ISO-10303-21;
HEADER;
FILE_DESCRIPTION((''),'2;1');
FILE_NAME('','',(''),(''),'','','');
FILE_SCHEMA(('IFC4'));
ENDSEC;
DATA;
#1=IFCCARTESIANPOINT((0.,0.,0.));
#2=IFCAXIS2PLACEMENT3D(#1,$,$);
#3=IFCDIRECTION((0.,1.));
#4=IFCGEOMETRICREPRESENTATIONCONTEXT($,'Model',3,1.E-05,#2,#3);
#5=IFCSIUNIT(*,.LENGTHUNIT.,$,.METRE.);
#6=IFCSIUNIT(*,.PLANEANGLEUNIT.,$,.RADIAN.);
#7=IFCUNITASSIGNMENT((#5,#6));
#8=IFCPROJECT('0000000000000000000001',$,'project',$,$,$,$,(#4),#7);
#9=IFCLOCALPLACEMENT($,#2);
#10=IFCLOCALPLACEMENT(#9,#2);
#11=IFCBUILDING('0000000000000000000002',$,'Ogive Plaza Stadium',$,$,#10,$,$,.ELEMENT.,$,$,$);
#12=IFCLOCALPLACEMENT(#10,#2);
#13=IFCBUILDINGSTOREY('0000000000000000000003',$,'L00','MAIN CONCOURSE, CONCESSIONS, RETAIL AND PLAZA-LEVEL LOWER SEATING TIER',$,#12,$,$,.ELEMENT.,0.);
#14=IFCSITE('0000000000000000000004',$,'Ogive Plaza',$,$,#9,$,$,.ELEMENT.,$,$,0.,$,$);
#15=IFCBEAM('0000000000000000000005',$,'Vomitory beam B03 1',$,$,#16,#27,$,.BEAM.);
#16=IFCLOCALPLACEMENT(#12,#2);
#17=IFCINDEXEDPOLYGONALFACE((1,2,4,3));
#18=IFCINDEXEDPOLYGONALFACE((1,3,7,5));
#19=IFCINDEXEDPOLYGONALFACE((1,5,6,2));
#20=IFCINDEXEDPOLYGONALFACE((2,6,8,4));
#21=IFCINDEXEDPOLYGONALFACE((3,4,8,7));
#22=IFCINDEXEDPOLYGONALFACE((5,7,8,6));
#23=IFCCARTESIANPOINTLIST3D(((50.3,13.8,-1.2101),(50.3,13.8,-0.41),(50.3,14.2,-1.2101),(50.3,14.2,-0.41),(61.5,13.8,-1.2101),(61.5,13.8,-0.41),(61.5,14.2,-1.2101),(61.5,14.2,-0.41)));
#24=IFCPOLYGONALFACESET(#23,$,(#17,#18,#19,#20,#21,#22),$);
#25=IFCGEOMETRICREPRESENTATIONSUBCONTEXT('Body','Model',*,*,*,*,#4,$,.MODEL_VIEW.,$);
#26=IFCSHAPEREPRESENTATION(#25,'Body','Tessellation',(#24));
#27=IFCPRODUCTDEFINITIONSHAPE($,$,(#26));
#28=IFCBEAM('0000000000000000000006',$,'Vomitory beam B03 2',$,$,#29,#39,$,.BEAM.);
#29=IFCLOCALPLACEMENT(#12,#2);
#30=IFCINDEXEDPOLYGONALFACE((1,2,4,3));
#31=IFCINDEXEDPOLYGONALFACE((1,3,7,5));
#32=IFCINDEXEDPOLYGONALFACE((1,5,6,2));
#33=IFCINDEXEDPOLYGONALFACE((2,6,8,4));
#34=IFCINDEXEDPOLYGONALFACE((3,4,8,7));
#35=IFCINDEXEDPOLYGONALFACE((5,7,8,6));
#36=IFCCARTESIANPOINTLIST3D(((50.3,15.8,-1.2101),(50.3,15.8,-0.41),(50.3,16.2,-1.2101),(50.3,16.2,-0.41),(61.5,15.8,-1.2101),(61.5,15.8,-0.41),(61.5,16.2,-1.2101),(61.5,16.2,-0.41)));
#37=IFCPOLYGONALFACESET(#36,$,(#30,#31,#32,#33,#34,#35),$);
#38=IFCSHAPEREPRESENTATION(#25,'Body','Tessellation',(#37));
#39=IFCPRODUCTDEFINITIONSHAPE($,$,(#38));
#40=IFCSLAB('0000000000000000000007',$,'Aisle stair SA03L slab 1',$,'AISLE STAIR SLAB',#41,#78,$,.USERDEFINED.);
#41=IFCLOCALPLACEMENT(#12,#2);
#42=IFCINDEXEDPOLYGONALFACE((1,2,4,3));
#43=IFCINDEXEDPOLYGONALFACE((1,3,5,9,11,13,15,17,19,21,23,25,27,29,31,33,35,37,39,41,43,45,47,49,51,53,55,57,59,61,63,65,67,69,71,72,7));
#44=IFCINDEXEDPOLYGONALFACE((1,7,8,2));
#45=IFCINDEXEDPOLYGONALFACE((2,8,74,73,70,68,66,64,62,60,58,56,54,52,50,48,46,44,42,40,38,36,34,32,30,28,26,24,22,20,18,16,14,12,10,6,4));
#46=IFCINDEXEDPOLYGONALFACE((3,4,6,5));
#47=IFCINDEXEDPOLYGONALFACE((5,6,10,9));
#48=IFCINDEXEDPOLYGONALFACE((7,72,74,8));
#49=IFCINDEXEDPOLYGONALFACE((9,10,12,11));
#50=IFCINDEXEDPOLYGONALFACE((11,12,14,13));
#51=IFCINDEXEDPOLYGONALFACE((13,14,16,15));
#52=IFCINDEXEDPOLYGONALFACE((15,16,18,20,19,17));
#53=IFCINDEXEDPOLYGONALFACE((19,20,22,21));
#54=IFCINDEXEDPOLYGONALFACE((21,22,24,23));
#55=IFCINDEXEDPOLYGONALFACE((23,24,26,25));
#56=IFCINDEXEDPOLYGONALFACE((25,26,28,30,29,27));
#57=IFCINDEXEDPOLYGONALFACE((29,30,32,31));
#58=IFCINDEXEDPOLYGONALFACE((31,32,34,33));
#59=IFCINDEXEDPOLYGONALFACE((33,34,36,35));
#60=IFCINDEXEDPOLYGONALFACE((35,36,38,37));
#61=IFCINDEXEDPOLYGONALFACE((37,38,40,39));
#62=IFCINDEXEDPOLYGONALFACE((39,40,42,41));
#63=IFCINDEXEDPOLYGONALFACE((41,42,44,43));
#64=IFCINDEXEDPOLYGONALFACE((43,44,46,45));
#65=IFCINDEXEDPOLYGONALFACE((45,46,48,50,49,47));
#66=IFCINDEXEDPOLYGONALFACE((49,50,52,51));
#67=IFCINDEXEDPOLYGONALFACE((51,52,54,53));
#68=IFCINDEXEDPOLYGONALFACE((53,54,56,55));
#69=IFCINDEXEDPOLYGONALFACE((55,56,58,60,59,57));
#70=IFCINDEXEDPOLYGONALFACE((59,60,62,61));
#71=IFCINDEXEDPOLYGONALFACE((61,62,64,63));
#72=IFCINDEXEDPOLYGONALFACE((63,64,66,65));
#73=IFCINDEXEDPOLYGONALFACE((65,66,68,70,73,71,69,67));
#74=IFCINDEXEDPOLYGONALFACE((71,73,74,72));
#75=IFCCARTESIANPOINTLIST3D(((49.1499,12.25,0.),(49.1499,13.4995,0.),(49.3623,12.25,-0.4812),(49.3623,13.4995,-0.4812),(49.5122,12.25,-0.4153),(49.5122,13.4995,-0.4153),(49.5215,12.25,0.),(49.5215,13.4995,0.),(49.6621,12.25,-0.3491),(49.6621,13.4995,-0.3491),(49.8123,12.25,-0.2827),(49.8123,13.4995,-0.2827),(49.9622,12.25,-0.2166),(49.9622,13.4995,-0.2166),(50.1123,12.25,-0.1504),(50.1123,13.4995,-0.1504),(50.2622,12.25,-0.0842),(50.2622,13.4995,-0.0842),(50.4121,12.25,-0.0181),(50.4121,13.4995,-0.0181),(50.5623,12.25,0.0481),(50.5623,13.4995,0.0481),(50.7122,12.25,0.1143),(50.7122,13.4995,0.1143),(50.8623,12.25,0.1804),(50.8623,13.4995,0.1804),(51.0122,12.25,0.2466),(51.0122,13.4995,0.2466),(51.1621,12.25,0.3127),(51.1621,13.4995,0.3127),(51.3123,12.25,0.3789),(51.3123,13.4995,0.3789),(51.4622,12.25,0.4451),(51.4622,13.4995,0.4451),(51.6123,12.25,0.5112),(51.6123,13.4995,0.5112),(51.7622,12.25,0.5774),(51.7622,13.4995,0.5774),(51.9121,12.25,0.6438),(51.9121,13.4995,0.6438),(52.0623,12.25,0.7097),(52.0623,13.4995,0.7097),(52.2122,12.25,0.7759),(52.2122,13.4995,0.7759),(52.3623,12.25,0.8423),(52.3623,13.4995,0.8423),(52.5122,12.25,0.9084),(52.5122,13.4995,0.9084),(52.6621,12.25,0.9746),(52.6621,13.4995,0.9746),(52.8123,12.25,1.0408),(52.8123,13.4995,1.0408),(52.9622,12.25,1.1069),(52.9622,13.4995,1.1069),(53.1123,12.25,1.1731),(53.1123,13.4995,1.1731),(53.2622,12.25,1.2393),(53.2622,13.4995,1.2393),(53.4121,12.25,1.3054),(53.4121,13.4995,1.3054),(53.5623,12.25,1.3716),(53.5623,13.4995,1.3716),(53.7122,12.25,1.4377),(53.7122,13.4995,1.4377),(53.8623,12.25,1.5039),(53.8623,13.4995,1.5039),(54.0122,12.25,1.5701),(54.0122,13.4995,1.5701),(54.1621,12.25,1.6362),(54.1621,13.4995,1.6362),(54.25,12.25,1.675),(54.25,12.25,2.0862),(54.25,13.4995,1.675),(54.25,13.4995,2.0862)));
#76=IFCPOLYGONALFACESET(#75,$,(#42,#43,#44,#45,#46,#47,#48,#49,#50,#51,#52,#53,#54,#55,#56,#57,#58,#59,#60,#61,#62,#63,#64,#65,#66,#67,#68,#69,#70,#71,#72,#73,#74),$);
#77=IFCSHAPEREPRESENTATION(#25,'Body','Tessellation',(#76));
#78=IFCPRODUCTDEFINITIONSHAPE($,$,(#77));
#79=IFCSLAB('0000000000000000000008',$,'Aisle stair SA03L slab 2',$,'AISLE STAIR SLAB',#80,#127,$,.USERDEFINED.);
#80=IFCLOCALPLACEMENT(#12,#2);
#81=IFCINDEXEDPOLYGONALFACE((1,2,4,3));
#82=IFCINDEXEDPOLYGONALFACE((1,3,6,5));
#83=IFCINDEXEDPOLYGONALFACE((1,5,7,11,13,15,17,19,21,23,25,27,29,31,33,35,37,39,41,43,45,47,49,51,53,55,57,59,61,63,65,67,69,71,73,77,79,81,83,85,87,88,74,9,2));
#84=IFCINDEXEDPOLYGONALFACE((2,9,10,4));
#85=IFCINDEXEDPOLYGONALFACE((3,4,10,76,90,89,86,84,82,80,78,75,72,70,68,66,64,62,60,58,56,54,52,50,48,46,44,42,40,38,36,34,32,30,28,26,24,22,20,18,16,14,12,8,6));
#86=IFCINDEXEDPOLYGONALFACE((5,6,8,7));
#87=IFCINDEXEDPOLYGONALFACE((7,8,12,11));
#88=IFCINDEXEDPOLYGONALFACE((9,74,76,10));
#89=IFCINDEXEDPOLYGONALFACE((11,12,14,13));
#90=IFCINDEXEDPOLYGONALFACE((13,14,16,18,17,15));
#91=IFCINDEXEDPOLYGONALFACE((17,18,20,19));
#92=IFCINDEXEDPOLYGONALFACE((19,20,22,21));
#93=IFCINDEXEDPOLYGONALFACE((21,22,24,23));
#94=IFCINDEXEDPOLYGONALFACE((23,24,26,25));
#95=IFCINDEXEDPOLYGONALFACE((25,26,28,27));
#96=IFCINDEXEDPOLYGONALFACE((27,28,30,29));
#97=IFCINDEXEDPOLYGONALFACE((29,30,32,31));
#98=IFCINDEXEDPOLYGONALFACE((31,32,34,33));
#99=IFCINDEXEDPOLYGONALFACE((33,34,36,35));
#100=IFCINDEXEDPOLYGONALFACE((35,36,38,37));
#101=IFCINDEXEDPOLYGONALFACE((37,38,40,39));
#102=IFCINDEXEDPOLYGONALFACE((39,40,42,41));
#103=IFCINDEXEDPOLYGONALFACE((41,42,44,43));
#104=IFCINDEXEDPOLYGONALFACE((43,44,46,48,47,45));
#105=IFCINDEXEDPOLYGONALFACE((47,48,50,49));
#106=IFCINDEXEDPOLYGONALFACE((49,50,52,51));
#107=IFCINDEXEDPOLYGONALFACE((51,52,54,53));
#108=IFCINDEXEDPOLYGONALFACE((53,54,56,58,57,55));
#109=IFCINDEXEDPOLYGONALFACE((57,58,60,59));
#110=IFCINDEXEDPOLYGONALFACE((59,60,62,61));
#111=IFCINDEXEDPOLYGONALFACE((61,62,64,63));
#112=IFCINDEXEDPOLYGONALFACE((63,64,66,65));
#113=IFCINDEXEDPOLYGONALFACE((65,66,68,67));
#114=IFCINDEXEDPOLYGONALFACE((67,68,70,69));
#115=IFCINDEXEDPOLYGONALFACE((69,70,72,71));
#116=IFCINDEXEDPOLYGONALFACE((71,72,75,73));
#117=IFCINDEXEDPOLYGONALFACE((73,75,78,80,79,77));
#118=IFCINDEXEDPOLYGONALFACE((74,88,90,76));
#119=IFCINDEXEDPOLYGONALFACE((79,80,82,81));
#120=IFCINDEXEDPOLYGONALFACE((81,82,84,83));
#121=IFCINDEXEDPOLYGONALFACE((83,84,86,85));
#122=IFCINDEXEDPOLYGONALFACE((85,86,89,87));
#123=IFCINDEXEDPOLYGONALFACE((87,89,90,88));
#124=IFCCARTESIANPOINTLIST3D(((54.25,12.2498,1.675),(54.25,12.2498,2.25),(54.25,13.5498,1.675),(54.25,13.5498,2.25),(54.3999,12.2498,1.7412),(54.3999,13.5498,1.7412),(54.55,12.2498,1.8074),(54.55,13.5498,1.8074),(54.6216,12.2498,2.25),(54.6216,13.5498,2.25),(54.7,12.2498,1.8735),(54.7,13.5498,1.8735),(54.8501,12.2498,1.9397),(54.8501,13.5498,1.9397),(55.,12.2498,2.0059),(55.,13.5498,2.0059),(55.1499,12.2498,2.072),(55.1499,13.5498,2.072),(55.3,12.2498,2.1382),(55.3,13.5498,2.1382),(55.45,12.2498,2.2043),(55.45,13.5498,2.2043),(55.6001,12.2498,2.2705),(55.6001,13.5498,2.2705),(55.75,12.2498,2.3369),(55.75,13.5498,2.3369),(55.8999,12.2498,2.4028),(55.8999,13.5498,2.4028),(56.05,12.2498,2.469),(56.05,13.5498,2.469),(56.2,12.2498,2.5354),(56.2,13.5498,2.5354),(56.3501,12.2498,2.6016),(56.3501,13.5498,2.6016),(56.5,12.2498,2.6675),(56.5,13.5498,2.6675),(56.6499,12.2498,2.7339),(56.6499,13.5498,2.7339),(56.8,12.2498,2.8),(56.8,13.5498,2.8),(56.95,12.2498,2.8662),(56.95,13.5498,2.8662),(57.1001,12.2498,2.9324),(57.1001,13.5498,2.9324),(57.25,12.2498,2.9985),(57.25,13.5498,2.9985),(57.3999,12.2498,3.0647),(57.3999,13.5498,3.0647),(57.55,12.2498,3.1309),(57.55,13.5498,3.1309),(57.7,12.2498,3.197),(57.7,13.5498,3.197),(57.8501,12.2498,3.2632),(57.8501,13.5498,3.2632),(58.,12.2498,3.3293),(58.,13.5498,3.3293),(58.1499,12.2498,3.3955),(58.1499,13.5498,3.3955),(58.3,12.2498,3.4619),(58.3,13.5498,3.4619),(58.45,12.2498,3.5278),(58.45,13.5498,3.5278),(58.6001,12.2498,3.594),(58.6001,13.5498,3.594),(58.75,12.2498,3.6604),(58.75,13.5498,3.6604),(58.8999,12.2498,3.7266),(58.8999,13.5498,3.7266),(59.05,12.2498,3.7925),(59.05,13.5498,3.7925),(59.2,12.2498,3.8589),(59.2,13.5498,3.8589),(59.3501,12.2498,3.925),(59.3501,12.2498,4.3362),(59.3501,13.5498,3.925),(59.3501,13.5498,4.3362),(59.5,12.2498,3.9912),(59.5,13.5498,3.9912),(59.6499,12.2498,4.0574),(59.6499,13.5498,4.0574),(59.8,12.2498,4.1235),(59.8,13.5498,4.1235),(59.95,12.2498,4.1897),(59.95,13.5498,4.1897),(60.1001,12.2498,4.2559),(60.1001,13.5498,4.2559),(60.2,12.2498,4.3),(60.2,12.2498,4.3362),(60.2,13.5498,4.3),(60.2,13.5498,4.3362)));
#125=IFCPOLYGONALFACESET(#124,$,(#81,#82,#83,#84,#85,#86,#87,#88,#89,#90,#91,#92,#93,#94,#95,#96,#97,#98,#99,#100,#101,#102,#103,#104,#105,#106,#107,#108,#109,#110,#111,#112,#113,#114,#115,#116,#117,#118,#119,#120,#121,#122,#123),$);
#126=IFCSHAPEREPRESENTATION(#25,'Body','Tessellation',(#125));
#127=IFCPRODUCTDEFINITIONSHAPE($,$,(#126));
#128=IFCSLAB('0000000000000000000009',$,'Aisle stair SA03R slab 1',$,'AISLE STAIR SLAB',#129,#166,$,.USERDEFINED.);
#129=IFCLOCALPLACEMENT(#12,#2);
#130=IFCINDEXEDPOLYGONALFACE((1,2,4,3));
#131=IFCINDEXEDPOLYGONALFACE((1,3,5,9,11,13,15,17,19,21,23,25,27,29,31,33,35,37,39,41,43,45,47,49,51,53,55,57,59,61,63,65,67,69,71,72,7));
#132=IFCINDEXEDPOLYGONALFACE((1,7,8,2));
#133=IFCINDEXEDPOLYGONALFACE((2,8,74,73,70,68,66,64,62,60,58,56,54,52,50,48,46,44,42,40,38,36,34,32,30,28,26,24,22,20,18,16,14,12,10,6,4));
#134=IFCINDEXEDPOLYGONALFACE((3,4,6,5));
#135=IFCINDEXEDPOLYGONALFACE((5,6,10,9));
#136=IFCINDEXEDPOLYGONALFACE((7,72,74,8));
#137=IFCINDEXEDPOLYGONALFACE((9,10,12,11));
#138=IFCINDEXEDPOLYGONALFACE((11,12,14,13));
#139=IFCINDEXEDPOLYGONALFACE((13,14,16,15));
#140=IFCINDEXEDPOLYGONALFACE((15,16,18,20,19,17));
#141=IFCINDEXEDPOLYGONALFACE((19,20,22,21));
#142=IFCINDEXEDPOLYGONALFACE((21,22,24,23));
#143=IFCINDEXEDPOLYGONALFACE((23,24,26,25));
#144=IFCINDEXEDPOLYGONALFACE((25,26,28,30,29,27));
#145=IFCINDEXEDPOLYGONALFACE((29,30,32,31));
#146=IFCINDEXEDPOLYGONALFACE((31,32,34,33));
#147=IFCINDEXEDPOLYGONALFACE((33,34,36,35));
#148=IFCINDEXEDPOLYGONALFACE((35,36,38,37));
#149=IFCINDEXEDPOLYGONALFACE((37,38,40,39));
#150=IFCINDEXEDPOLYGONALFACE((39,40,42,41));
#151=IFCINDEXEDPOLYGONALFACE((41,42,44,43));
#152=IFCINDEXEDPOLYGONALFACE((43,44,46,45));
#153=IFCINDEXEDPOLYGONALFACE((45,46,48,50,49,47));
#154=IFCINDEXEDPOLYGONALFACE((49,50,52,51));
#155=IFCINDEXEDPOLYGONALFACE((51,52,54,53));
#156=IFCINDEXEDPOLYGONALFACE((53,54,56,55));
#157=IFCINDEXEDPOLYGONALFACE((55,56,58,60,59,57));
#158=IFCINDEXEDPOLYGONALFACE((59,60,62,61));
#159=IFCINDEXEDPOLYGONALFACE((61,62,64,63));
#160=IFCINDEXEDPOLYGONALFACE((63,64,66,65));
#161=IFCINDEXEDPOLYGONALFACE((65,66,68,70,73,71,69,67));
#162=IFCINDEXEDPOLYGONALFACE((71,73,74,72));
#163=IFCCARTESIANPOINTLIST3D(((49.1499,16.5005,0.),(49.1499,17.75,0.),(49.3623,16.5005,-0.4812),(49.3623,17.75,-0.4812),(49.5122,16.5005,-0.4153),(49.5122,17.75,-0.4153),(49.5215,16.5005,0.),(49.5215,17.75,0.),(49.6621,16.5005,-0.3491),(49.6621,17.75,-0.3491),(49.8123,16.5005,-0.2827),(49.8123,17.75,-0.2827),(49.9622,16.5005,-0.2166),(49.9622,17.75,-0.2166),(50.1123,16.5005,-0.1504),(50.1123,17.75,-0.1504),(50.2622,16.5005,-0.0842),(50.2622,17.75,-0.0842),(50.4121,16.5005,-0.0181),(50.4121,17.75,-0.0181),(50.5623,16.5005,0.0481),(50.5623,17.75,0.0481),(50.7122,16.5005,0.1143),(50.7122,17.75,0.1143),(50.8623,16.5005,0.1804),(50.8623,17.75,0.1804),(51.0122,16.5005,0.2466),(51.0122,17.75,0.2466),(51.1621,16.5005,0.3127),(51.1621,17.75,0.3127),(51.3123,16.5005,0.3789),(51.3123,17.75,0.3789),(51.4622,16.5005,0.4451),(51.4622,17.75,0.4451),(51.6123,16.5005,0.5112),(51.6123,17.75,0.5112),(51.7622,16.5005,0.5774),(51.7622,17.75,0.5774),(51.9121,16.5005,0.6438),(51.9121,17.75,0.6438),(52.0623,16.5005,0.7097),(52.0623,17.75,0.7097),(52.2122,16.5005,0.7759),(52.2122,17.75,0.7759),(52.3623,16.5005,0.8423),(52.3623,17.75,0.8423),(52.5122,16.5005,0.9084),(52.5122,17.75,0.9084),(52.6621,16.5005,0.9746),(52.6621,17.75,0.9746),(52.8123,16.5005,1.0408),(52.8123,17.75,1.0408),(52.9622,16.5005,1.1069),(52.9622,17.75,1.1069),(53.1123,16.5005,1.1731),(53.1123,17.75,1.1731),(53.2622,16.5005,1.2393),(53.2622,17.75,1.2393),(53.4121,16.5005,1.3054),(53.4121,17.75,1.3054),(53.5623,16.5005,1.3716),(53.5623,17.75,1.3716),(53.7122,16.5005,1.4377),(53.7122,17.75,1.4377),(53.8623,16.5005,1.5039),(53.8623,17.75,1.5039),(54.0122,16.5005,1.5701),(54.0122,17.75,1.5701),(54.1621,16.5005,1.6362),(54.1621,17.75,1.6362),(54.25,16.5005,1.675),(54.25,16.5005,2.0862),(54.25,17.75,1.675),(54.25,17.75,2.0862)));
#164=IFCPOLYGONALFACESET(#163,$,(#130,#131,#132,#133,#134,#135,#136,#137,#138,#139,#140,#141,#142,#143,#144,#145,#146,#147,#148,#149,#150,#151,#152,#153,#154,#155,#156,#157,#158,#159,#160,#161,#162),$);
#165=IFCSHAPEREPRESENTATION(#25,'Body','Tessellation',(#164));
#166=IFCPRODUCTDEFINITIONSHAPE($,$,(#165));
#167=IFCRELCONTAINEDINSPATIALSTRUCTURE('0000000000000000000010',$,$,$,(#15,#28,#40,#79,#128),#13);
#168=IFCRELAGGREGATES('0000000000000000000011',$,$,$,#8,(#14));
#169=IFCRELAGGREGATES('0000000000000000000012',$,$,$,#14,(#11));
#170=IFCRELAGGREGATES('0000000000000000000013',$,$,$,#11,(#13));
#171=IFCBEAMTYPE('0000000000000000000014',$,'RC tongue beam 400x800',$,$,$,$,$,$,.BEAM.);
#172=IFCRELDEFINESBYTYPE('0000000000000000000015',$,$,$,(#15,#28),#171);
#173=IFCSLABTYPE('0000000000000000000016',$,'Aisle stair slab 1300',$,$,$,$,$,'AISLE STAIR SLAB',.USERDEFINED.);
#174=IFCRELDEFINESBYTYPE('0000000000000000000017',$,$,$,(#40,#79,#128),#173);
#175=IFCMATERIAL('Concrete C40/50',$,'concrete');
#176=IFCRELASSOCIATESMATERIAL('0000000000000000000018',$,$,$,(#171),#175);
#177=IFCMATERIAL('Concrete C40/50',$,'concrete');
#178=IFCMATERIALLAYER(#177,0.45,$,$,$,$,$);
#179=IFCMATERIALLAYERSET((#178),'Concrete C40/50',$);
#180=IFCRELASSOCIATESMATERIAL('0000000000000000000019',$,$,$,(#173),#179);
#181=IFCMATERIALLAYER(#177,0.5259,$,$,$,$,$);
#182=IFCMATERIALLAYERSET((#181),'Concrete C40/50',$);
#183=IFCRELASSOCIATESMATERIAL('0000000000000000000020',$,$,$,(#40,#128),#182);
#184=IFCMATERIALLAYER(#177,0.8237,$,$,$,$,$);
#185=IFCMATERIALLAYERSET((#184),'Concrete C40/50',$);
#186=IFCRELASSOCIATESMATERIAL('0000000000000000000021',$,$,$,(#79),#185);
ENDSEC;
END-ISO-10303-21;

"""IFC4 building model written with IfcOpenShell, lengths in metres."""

from ifc_helpers import new_model, si_unit, direction, frame, origin, origin_2d, place, context, subcontext, project, spatial, polyline, rectangle, outline, extrude, material, layer, layer_set, material_profile, profile_set, type_object, element, save


model = new_model("IFC4")

# Units and contexts
model_context = context("Model", 3, precision=1e-05, world=origin(), true_north=direction((0.0, 1.0)))
body_context = subcontext(model_context, "Body", "Model", "MODEL_VIEW")
ifc_project = project(units=[si_unit("LENGTHUNIT", "METRE"), si_unit("PLANEANGLEUNIT", "RADIAN")], contexts=[model_context])

# Site, building, storey
site_placement = place(None, origin())
site = spatial("IfcSite", under=ifc_project, at=site_placement, Name="Ogive Plaza", CompositionType="ELEMENT", RefElevation=0.0)
building_placement = place(site_placement, origin())
building = spatial("IfcBuilding", under=site, at=building_placement, Name="Ogive Plaza Stadium", CompositionType="ELEMENT")
storey_placement = place(building_placement, origin())
storey = spatial("IfcBuildingStorey", under=building, at=storey_placement, Name="L00", Description="MAIN CONCOURSE, CONCESSIONS, RETAIL AND PLAZA-LEVEL LOWER SEATING TIER", CompositionType="ELEMENT", Elevation=0.0)

# Beams
ifc_material_1 = material(Name="Concrete C40/50", Category="concrete")
ifc_material_profile = material_profile(ifc_material_1, rectangle(XDim=0.3999, YDim=0.8, at=origin_2d()), Name="RC 400x800")
ifc_profile_set = profile_set([ifc_material_profile], Name="Concrete C40/50")
beam_type = type_object("IfcBeamType", Name="RC tongue beam 400x800", PredefinedType="BEAM", material=ifc_profile_set)
for number, where, z_axis, x_axis, name in (
    (1, (50.3, 14.0, -0.8101), (1.0, 0.0, 0.0), (0.0, 1.0, 0.0), "Vomitory beam B03 1"),
    (2, (50.3, 16.0, -0.8101), (1.0, 0.0, 0.0), (0.0, 1.0, 0.0), "Vomitory beam B03 2"),
):
    element("IfcBeam", number, at=place(storey_placement, frame(where, z_axis=z_axis, x_axis=x_axis)), inside=storey, type_object=beam_type, Name=name, PredefinedType="BEAM", context=body_context, shape_type="SweptSolid", body=[
        extrude(rectangle(XDim=0.3999, YDim=0.8, at=origin_2d()), origin(), (0.0, 0.0, 1.0), 11.2),
    ])

# Slabs
ifc_material_2 = material(Name="Concrete C40/50", Category="concrete")
ifc_layer_1 = layer(ifc_material_2, 0.5259)
ifc_layer_set_1 = layer_set([ifc_layer_1], Name="Concrete C40/50")
ifc_layer_2 = layer(ifc_material_2, 0.45)
ifc_layer_set_2 = layer_set([ifc_layer_2], Name="Concrete C40/50")
slab_type = type_object("IfcSlabType", Name="Aisle stair slab 1300", ElementType="AISLE STAIR SLAB", PredefinedType="USERDEFINED", material=ifc_layer_set_2)
slab_1_placement = place(storey_placement, frame((49.1499, 12.8748, 0.0), z_axis=(0.0, 0.0, 1.0), x_axis=(1.0, 0.0, 0.0)))
element("IfcSlab", 3, at=slab_1_placement, inside=storey, type_object=slab_type, material=ifc_layer_set_1, Name="Aisle stair SA03L slab 1", ObjectType="AISLE STAIR SLAB", PredefinedType="USERDEFINED", context=body_context, shape_type="SweptSolid", body=[
    extrude(outline(polyline([(0.0, 0.0), (0.3716, 0.0), (5.1001, 2.0862), (5.1001, 1.675), (5.0122, 1.6362), (4.8623, 1.5701), (4.7124, 1.5039), (4.5623, 1.4377), (4.4124, 1.3716), (4.2622, 1.3054), (4.1123, 1.2393), (3.9624, 1.1731), (3.8123, 1.1069), (3.6624, 1.0408), (3.5122, 0.9746), (3.3623, 0.9084), (3.2124, 0.8423), (3.0623, 0.7759), (2.9124, 0.7097), (2.7622, 0.6438), (2.6123, 0.5774), (2.4624, 0.5112), (2.3123, 0.4451), (2.1624, 0.3789), (2.0122, 0.3127), (1.8623, 0.2466), (1.7124, 0.1804), (1.5623, 0.1143), (1.4124, 0.0481), (1.2622, -0.0181), (1.1123, -0.0842), (0.9624, -0.1504), (0.8123, -0.2166), (0.6624, -0.2827), (0.5122, -0.3491), (0.3623, -0.4153), (0.2124, -0.4812), (0.0, 0.0)])), frame((0.0, 0.6248, 0.0), z_axis=(0.0, -1.0, 0.0), x_axis=(1.0, 0.0, 0.0)), (0.0, 0.0, 1.0), 1.2495),
])
ifc_layer_3 = layer(ifc_material_2, 0.8237)
ifc_layer_set_3 = layer_set([ifc_layer_3], Name="Concrete C40/50")
slab_2_placement = place(storey_placement, frame((54.25, 12.8999, 0.0), z_axis=(0.0, 0.0, 1.0), x_axis=(1.0, 0.0, 0.0)))
element("IfcSlab", 4, at=slab_2_placement, inside=storey, type_object=slab_type, material=ifc_layer_set_3, Name="Aisle stair SA03L slab 2", ObjectType="AISLE STAIR SLAB", PredefinedType="USERDEFINED", context=body_context, shape_type="SweptSolid", body=[
    extrude(outline(polyline([(0.0, 2.25), (0.3716, 2.25), (5.1001, 4.3362), (5.95, 4.3362), (5.95, 4.3), (5.8501, 4.2559), (5.7, 4.1897), (5.55, 4.1235), (5.3999, 4.0574), (5.25, 3.9912), (5.1001, 3.925), (4.95, 3.8589), (4.8, 3.7925), (4.6499, 3.7266), (4.5, 3.6604), (4.3501, 3.594), (4.2, 3.5278), (4.05, 3.4619), (3.8999, 3.3955), (3.75, 3.3293), (3.6001, 3.2632), (3.45, 3.197), (3.3, 3.1309), (3.1499, 3.0647), (3.0, 2.9985), (2.8501, 2.9324), (2.7, 2.8662), (2.55, 2.8), (2.3999, 2.7339), (2.25, 2.6675), (2.1001, 2.6016), (1.95, 2.5354), (1.8, 2.469), (1.6499, 2.4028), (1.5, 2.3369), (1.3501, 2.2705), (1.2, 2.2043), (1.05, 2.1382), (0.8999, 2.072), (0.75, 2.0059), (0.6001, 1.9397), (0.45, 1.8735), (0.3, 1.8074), (0.1499, 1.7412), (0.0, 1.675), (0.0, 2.25)])), frame((0.0, 0.6499, 0.0), z_axis=(0.0, -1.0, 0.0), x_axis=(1.0, 0.0, 0.0)), (0.0, 0.0, 1.0), 1.3),
])
slab_3_placement = place(storey_placement, frame((49.1499, 17.1252, 0.0), z_axis=(0.0, 0.0, 1.0), x_axis=(1.0, 0.0, 0.0)))
element("IfcSlab", 5, at=slab_3_placement, inside=storey, type_object=slab_type, material=ifc_layer_set_1, Name="Aisle stair SA03R slab 1", ObjectType="AISLE STAIR SLAB", PredefinedType="USERDEFINED", context=body_context, shape_type="SweptSolid", body=[
    extrude(outline(polyline([(0.0, 0.0), (0.3716, 0.0), (5.1001, 2.0862), (5.1001, 1.675), (5.0122, 1.6362), (4.8623, 1.5701), (4.7124, 1.5039), (4.5623, 1.4377), (4.4124, 1.3716), (4.2622, 1.3054), (4.1123, 1.2393), (3.9624, 1.1731), (3.8123, 1.1069), (3.6624, 1.0408), (3.5122, 0.9746), (3.3623, 0.9084), (3.2124, 0.8423), (3.0623, 0.7759), (2.9124, 0.7097), (2.7622, 0.6438), (2.6123, 0.5774), (2.4624, 0.5112), (2.3123, 0.4451), (2.1624, 0.3789), (2.0122, 0.3127), (1.8623, 0.2466), (1.7124, 0.1804), (1.5623, 0.1143), (1.4124, 0.0481), (1.2622, -0.0181), (1.1123, -0.0842), (0.9624, -0.1504), (0.8123, -0.2166), (0.6624, -0.2827), (0.5122, -0.3491), (0.3623, -0.4153), (0.2124, -0.4812), (0.0, 0.0)])), frame((0.0, 0.6248, 0.0), z_axis=(0.0, -1.0, 0.0), x_axis=(1.0, 0.0, 0.0)), (0.0, 0.0, 1.0), 1.2495),
])

save(model, "model.ifc")
